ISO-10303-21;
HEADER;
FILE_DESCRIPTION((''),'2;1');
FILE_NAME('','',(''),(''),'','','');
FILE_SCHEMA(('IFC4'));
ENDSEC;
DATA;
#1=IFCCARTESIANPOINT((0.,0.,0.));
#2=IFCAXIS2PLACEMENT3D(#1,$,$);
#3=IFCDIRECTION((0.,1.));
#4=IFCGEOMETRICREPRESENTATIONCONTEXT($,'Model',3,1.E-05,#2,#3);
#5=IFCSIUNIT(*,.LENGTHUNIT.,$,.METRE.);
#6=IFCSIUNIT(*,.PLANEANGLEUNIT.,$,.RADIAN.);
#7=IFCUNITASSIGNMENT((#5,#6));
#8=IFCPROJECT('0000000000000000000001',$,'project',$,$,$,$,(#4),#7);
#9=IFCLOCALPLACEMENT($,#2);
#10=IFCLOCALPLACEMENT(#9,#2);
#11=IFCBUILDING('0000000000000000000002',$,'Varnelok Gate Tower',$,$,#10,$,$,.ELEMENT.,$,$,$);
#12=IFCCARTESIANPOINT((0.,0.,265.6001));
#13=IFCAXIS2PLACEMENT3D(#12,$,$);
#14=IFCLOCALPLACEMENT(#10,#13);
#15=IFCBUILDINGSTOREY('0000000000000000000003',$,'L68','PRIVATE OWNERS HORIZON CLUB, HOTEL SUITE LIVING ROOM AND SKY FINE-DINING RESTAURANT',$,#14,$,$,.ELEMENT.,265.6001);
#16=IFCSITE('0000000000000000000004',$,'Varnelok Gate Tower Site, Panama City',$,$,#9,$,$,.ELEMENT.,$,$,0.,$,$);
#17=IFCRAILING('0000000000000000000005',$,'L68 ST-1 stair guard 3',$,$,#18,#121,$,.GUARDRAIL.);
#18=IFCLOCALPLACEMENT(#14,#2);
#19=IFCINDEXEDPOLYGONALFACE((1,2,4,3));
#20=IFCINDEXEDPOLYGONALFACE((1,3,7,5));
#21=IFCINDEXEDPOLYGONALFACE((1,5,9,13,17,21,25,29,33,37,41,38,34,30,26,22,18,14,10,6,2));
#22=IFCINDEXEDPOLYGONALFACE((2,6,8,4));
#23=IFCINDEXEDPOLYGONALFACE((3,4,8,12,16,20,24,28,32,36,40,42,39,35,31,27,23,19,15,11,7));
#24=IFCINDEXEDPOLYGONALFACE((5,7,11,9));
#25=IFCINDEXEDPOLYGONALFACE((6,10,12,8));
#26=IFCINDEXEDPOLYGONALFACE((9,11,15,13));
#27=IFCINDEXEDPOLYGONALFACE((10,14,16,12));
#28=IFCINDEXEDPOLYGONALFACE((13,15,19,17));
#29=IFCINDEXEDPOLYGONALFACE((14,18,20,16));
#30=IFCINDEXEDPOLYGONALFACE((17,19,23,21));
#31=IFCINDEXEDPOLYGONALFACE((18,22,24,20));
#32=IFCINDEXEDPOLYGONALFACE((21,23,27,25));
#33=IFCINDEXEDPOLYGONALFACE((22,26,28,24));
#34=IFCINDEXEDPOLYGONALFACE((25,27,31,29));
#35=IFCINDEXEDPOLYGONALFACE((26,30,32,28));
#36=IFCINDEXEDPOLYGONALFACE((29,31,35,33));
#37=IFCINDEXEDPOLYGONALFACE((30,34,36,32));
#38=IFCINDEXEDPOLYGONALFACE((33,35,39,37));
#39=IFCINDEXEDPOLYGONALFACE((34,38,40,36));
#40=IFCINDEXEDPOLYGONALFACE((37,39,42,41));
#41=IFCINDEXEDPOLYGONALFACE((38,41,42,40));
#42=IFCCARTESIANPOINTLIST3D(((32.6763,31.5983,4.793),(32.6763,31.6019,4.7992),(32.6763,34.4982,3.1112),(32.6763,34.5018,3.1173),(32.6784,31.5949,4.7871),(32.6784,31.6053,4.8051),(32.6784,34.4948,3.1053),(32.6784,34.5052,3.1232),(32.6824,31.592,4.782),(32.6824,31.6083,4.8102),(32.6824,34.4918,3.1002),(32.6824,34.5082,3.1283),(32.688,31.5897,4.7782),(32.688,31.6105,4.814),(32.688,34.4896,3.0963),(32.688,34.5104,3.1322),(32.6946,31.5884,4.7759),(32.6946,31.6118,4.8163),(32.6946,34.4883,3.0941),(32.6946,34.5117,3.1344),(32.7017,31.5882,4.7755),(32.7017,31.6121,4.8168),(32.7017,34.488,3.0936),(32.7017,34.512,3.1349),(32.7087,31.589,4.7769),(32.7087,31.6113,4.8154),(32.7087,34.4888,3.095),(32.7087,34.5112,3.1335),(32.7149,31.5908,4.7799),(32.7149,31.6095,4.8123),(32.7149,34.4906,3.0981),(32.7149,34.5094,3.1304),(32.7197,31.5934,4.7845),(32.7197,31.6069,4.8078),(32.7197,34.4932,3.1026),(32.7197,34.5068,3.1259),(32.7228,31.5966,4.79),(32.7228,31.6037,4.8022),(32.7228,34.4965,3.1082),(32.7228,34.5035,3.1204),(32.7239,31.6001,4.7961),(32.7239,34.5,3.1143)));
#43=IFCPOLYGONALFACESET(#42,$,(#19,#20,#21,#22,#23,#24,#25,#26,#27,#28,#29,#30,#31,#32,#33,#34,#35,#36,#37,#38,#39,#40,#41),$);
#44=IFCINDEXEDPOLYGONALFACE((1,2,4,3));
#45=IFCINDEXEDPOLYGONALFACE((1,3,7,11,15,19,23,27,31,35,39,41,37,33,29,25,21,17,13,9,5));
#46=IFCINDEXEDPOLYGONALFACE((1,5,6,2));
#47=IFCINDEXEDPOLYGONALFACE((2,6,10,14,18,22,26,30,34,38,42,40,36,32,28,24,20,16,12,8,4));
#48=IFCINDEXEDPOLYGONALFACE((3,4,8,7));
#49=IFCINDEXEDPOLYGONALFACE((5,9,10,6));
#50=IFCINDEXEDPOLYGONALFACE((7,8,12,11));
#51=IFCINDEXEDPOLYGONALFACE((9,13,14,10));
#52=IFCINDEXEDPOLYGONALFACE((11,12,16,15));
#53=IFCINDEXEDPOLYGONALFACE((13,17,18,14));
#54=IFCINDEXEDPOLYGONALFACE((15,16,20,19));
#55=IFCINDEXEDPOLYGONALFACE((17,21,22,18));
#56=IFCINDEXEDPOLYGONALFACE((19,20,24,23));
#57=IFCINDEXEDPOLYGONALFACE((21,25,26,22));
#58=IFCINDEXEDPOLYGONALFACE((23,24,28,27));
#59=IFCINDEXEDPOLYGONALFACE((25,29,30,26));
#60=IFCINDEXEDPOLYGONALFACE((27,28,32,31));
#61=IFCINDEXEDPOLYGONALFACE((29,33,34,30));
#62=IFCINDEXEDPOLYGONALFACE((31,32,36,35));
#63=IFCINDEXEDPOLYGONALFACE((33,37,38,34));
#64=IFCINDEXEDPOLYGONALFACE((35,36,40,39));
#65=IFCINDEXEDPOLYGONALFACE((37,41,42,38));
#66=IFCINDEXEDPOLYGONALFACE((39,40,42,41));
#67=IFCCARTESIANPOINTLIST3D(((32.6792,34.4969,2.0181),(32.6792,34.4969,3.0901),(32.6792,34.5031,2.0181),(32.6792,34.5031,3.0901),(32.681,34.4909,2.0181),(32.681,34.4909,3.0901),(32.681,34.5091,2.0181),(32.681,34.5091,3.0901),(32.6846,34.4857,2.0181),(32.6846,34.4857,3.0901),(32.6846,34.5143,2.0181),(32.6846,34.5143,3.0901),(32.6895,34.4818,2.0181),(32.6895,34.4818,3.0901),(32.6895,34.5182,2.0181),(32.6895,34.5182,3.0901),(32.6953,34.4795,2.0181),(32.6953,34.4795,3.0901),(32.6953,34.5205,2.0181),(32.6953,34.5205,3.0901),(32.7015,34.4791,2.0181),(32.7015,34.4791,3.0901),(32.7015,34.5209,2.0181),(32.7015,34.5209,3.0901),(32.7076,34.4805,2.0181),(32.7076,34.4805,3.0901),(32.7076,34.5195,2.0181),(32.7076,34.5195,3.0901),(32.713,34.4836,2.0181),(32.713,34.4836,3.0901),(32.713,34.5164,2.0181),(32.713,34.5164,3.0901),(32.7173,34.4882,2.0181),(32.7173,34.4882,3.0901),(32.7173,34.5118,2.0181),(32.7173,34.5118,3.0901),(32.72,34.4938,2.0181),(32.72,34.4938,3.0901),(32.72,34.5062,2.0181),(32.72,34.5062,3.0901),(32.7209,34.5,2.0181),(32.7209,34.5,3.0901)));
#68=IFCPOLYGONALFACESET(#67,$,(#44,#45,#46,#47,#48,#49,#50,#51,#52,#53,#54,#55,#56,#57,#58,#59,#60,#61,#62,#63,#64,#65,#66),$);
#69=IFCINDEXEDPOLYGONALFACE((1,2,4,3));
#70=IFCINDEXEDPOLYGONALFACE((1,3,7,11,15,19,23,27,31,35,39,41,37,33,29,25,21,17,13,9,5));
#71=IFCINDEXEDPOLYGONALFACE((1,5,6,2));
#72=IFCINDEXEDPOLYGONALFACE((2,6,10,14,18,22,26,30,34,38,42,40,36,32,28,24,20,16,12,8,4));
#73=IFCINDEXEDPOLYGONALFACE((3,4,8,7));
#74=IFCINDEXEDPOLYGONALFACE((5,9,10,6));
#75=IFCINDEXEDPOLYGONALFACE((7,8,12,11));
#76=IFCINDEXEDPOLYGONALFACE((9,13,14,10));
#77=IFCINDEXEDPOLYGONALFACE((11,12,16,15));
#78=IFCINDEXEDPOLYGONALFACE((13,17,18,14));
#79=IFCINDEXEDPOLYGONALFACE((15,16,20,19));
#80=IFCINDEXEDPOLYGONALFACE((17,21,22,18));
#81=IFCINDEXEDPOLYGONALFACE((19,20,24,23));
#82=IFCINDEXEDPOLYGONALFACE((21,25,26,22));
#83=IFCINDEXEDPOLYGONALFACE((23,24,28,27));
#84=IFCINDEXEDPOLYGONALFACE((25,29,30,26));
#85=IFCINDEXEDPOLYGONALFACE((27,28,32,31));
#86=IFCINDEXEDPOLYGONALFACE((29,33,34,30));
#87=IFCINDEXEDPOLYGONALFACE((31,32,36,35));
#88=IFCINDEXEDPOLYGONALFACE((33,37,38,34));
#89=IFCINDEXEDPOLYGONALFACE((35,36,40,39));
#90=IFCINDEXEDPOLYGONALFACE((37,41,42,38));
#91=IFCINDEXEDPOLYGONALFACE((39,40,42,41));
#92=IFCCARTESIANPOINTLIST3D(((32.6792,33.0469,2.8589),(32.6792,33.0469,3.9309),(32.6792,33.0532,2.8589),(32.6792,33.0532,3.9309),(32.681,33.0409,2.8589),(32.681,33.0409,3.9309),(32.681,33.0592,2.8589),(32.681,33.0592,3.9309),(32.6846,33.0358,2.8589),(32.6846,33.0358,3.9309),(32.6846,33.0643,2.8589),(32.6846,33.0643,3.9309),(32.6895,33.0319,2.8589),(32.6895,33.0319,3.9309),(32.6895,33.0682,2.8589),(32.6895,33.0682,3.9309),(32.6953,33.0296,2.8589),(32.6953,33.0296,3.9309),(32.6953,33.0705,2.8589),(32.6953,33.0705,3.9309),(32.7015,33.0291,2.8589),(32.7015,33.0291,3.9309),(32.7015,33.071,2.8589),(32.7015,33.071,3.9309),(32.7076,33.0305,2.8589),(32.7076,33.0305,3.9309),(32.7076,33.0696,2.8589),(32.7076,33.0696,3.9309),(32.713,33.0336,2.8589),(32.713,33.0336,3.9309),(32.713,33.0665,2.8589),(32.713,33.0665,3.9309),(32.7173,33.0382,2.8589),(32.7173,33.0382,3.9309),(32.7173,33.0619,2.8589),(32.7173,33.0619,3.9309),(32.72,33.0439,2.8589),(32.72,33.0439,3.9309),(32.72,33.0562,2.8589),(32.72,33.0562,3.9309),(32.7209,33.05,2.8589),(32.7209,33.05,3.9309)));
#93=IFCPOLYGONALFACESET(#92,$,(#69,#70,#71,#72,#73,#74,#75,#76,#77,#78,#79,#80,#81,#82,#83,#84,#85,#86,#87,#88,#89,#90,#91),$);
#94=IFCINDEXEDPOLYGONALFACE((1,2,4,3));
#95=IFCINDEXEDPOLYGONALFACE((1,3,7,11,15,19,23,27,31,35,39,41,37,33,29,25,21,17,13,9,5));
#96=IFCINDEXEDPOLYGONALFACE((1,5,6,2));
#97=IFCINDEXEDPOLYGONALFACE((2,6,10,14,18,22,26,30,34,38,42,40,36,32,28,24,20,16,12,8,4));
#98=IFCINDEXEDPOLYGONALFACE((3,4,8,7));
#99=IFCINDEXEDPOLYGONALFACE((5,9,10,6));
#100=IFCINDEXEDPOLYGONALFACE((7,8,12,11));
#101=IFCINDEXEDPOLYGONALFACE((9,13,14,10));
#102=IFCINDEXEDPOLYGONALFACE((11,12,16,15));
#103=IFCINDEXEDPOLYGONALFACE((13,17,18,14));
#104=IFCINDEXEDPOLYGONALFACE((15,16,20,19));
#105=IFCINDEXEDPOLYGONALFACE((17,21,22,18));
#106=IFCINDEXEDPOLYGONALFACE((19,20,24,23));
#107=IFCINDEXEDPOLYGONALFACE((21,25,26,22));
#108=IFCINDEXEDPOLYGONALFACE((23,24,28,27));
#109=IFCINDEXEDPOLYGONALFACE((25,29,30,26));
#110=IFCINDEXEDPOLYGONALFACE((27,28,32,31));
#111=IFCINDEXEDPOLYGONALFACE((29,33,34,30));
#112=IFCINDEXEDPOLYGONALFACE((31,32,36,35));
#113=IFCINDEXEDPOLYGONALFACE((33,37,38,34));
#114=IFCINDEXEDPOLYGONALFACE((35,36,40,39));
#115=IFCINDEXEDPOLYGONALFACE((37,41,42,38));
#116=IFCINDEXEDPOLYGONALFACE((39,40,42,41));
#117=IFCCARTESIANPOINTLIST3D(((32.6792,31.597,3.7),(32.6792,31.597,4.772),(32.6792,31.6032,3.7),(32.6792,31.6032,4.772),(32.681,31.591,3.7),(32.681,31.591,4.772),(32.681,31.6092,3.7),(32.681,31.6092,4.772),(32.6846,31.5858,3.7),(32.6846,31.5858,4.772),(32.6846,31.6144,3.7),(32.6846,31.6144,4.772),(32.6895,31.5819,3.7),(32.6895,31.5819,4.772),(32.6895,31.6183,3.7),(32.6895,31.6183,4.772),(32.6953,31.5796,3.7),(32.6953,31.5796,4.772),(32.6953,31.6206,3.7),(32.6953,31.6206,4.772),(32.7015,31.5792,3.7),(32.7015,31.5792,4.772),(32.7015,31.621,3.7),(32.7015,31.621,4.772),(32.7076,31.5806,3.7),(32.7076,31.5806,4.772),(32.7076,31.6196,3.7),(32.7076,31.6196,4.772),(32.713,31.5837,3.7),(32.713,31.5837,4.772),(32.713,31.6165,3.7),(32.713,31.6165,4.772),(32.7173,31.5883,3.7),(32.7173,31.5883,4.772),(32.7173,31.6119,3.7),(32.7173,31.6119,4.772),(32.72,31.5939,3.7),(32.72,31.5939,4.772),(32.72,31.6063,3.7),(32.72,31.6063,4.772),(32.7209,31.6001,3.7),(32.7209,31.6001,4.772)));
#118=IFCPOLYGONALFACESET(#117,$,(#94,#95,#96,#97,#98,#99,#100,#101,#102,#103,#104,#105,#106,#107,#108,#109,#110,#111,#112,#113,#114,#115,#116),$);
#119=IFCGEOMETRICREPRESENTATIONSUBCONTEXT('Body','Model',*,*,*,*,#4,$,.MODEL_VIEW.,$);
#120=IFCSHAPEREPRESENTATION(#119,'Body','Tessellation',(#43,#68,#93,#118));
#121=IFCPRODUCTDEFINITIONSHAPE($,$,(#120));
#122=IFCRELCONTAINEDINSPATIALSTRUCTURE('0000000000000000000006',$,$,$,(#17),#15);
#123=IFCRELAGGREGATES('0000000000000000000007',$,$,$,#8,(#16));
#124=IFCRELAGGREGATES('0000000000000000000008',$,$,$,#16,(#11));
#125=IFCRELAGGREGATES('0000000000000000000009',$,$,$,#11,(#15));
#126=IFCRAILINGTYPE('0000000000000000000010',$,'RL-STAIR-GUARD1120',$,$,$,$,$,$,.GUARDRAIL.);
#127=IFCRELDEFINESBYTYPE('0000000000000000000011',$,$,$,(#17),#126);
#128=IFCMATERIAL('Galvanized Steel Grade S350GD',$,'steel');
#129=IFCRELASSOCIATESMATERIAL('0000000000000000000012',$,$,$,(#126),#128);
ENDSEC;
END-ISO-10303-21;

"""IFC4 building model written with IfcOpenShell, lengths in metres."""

from ifc_helpers import new_model, si_unit, direction, frame, origin, origin_2d, place, context, subcontext, project, spatial, circle, extrude, material, type_object, element, save


model = new_model("IFC4")

# Units and contexts
model_context = context("Model", 3, precision=1e-05, world=origin(), true_north=direction((0.0, 1.0)))
body_context = subcontext(model_context, "Body", "Model", "MODEL_VIEW")
ifc_project = project(units=[si_unit("LENGTHUNIT", "METRE"), si_unit("PLANEANGLEUNIT", "RADIAN")], contexts=[model_context])

# Site, building, storey
site_placement = place(None, origin())
site = spatial("IfcSite", under=ifc_project, at=site_placement, Name="Varnelok Gate Tower Site, Panama City", CompositionType="ELEMENT", RefElevation=0.0)
building_placement = place(site_placement, origin())
building = spatial("IfcBuilding", under=site, at=building_placement, Name="Varnelok Gate Tower", CompositionType="ELEMENT")
storey_placement = place(building_placement, frame((0.0, 0.0, 265.6001)))
storey = spatial("IfcBuildingStorey", under=building, at=storey_placement, Name="L68", Description="PRIVATE OWNERS HORIZON CLUB, HOTEL SUITE LIVING ROOM AND SKY FINE-DINING RESTAURANT", CompositionType="ELEMENT", Elevation=265.6001)

# Shared definitions
ifc_material_1 = material(Name="Galvanized Steel Grade S350GD", Category="steel")

# Railing
railing_type_1 = type_object("IfcRailingType", Name="RL-STAIR-GUARD1120", PredefinedType="GUARDRAIL", material=ifc_material_1)
railing_1_placement = place(storey_placement, frame((32.7, 34.5, 2.0181)))
element("IfcRailing", 1, at=railing_1_placement, inside=storey, type_object=railing_type_1, Name="L68 ST-1 stair guard 3", PredefinedType="GUARDRAIL", context=body_context, shape_type="SweptSolid", body=[
    extrude(circle(Radius=0.0239, at=origin_2d()), frame((0.0, 0.0, 1.0962), z_axis=(0.0, -0.865039, 0.501705), x_axis=(1.0, 0.0, 0.0)), (0.0, 0.0, 1.0), 3.3523),
    extrude(circle(Radius=0.021, at=origin_2d()), origin(), (0.0, 0.0, 1.0), 1.072),
    extrude(circle(Radius=0.021, at=origin_2d()), frame((0.0, -1.45, 0.8408)), (0.0, 0.0, 1.0), 1.072),
    extrude(circle(Radius=0.021, at=origin_2d()), frame((0.0, -2.8999, 1.6819)), (0.0, 0.0, 1.0), 1.072),
])

save(model, "model.ifc")
